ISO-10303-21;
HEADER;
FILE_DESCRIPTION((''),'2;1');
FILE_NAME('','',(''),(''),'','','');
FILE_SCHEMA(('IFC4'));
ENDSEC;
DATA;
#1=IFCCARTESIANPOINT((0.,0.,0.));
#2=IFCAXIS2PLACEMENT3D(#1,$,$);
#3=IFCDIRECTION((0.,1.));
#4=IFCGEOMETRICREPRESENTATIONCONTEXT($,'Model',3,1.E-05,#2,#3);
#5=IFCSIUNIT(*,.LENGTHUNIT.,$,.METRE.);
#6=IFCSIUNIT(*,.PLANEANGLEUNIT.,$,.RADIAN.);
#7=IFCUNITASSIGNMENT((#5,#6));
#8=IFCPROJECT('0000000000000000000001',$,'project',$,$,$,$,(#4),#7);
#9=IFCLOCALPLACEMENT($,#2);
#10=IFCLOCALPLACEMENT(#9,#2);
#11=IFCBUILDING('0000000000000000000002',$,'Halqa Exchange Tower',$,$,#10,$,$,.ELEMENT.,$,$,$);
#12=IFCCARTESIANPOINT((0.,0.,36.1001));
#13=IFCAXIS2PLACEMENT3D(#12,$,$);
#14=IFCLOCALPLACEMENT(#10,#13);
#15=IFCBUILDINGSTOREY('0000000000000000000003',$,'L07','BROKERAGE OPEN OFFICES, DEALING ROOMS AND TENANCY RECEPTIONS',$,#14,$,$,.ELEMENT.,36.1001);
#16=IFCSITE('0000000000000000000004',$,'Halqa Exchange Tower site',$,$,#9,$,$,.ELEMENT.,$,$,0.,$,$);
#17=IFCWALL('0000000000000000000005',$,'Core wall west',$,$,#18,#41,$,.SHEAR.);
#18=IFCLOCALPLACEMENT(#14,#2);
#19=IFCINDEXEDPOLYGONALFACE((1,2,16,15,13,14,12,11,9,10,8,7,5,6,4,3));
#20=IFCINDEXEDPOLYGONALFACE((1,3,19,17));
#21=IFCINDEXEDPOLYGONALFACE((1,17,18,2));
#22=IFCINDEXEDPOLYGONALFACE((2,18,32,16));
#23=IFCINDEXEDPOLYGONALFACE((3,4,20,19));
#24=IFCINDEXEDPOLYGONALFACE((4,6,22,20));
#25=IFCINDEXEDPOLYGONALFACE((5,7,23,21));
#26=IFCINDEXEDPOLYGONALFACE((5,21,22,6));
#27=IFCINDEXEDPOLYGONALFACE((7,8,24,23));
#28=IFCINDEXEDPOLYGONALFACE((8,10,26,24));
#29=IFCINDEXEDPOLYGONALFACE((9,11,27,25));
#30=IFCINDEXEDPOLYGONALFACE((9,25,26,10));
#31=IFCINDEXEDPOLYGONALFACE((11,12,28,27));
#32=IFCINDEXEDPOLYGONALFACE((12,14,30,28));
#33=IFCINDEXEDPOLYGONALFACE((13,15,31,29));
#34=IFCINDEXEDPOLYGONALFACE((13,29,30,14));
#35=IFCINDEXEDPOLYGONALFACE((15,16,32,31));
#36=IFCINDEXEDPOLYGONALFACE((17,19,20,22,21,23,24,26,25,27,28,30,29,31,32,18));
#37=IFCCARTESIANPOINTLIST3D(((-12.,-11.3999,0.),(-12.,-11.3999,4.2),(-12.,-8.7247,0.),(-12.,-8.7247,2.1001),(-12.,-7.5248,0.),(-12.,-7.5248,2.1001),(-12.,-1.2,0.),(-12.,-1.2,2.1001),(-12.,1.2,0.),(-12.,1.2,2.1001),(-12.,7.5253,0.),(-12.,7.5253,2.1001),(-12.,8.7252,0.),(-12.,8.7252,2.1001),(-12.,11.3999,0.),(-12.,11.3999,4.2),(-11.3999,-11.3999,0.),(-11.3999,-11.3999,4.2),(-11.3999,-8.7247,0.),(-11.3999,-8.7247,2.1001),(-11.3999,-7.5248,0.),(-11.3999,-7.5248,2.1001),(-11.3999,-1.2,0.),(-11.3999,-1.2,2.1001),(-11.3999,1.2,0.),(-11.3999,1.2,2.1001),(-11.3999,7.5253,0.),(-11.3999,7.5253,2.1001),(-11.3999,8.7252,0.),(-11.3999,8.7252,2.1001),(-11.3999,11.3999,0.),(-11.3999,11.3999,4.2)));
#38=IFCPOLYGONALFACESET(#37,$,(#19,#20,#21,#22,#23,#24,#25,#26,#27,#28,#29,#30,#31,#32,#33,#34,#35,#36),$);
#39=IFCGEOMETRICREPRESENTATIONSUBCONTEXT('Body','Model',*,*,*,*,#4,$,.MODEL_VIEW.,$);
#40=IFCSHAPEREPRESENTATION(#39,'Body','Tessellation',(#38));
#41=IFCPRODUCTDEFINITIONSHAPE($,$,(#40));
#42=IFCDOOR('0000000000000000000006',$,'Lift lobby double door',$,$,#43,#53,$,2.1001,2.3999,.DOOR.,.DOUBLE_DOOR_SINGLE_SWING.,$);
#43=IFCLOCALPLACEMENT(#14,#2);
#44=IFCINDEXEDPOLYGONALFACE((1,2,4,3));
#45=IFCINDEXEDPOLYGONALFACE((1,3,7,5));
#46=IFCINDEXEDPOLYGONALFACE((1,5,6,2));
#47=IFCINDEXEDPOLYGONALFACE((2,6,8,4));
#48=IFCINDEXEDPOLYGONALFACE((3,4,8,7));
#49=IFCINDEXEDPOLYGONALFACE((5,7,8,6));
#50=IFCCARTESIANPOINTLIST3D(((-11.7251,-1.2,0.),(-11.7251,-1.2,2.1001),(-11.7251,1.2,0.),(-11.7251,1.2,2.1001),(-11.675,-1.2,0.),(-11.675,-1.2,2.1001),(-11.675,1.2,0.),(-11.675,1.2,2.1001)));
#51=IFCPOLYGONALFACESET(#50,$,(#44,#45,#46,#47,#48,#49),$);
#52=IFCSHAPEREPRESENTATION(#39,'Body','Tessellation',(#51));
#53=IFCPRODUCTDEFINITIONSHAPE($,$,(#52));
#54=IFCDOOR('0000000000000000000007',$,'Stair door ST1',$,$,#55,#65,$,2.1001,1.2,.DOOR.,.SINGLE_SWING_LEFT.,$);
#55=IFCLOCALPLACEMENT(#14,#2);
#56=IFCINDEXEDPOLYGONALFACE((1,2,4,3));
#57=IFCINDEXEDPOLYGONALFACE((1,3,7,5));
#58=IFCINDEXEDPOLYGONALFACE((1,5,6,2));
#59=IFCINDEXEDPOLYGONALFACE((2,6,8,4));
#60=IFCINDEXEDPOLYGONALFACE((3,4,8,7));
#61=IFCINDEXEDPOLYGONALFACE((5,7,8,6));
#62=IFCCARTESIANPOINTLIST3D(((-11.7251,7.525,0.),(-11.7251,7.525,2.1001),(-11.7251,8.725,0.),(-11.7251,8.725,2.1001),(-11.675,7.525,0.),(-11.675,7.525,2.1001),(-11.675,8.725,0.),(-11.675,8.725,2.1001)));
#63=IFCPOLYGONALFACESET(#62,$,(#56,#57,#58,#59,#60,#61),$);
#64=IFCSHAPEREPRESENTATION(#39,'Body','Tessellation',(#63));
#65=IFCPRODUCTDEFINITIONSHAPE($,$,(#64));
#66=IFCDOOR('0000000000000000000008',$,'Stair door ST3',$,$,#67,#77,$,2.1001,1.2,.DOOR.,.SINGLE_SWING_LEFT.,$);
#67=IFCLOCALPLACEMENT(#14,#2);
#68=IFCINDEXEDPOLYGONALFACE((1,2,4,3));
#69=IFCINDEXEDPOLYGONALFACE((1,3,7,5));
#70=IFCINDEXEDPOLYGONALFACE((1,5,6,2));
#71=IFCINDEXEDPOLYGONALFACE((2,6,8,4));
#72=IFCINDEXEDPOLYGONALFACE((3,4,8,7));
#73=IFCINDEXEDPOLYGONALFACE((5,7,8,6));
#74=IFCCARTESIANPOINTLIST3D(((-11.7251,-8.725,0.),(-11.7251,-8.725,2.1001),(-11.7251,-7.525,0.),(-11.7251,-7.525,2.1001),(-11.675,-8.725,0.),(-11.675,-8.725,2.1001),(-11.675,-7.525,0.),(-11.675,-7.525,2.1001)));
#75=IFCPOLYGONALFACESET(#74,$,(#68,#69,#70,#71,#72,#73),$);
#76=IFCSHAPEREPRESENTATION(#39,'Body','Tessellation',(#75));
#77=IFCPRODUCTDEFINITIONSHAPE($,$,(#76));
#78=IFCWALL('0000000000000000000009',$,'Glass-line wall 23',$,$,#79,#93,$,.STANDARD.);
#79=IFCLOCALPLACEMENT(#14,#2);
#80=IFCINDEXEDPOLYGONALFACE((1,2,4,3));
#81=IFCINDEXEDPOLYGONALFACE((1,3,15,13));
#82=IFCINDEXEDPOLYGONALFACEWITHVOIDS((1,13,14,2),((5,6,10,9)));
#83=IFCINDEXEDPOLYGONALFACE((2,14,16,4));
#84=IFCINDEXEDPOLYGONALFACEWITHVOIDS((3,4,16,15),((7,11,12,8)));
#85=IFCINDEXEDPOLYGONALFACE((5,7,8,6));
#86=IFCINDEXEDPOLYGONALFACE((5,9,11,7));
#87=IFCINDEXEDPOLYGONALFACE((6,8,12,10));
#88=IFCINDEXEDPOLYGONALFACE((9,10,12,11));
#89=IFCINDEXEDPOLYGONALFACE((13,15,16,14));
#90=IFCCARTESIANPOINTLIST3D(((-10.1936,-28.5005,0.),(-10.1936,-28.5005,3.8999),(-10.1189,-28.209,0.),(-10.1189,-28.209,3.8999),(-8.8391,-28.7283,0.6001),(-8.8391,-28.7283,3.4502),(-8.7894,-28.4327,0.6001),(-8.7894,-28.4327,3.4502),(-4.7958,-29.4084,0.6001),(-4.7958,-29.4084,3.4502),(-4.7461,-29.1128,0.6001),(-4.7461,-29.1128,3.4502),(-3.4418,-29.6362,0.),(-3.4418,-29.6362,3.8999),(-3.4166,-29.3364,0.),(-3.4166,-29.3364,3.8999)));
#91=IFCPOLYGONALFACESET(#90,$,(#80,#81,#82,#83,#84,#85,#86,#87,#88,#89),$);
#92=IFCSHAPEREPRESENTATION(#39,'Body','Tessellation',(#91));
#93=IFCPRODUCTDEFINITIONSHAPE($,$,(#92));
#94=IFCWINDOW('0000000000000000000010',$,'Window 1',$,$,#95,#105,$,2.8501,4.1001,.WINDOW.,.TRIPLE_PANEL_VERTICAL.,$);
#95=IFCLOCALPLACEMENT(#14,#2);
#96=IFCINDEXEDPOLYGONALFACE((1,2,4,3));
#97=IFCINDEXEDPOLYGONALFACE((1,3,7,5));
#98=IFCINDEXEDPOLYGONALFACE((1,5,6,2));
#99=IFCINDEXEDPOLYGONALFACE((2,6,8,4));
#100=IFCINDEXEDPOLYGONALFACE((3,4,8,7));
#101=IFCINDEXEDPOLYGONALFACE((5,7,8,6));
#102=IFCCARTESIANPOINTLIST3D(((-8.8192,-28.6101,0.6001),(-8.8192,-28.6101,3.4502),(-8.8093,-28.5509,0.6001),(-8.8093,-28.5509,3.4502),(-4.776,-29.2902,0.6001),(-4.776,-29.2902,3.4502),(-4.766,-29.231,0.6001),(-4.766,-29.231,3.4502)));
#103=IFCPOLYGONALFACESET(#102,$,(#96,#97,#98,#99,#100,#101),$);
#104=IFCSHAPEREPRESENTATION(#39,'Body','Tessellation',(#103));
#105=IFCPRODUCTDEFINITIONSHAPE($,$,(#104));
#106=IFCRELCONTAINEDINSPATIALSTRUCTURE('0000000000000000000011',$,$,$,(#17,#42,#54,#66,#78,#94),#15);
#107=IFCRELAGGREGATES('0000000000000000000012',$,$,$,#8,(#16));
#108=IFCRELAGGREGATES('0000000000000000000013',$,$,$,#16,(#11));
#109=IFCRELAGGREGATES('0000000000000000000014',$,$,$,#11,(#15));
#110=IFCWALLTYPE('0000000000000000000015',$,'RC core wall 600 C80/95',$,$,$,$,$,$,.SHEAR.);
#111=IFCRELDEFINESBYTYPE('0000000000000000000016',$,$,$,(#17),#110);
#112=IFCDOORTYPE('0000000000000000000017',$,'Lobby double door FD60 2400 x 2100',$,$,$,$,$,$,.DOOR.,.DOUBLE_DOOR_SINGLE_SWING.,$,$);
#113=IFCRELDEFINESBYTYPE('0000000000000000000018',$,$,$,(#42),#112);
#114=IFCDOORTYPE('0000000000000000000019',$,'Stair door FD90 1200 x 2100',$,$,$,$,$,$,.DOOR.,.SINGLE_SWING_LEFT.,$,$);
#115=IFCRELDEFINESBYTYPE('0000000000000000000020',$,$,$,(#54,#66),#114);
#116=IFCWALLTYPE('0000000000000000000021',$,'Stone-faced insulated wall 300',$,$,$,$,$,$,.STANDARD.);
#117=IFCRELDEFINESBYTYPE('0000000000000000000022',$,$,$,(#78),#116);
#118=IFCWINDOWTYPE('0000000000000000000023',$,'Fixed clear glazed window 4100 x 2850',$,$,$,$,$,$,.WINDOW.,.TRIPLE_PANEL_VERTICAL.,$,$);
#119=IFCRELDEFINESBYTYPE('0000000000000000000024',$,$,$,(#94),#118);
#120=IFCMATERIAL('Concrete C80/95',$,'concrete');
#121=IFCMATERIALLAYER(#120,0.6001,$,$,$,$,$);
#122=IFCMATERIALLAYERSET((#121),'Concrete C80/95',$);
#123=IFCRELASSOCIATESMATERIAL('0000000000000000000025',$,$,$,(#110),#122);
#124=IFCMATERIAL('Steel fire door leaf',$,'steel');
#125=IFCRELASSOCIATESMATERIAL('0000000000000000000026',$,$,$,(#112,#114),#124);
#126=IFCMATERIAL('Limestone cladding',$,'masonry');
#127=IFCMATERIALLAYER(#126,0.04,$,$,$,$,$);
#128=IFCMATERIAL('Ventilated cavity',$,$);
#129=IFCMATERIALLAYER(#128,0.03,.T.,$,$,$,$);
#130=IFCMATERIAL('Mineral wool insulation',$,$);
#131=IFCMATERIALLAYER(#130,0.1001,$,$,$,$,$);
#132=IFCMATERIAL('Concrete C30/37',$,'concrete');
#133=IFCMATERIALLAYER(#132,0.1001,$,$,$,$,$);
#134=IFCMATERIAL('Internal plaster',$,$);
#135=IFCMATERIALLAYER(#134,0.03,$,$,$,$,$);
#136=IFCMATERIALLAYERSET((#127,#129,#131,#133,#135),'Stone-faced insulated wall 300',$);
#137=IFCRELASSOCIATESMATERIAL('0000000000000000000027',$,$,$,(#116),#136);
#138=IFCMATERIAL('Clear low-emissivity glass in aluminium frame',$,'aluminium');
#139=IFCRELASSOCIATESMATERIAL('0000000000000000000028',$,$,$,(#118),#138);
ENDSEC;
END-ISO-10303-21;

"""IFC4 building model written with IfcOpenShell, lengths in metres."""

from ifc_helpers import new_model, si_unit, direction, frame, frame_2d, origin, place, context, subcontext, project, spatial, polyline, rectangle, outline, extrude, material, layer, layer_set, type_object, element, fill, save


model = new_model("IFC4")

# Units and contexts
model_context = context("Model", 3, precision=1e-05, world=origin(), true_north=direction((0.0, 1.0)))
body_context = subcontext(model_context, "Body", "Model", "MODEL_VIEW")
ifc_project = project(units=[si_unit("LENGTHUNIT", "METRE"), si_unit("PLANEANGLEUNIT", "RADIAN")], contexts=[model_context])

# Site, building, storey
site_placement = place(None, origin())
site = spatial("IfcSite", under=ifc_project, at=site_placement, Name="Halqa Exchange Tower site", CompositionType="ELEMENT", RefElevation=0.0)
building_placement = place(site_placement, origin())
building = spatial("IfcBuilding", under=site, at=building_placement, Name="Halqa Exchange Tower", CompositionType="ELEMENT")
storey_placement = place(building_placement, frame((0.0, 0.0, 36.1001)))
storey = spatial("IfcBuildingStorey", under=building, at=storey_placement, Name="L07", Description="BROKERAGE OPEN OFFICES, DEALING ROOMS AND TENANCY RECEPTIONS", CompositionType="ELEMENT", Elevation=36.1001)

# Shared definitions
ifc_material_1 = material(Name="Concrete C80/95", Category="concrete")

# Wall, openings, doors
ifc_layer_1 = layer(ifc_material_1, 0.6001)
ifc_layer_set_1 = layer_set([ifc_layer_1], Name="Concrete C80/95")
wall_type_1 = type_object("IfcWallType", Name="RC core wall 600 C80/95", PredefinedType="SHEAR", material=ifc_layer_set_1)
wall_1_placement = place(storey_placement, frame((-11.7, -11.3999, 0.0), z_axis=(0.0, 0.0, 1.0), x_axis=(0.0, 1.0, 0.0)))
wall_1 = element("IfcWall", 1, at=wall_1_placement, inside=storey, type_object=wall_type_1, Name="Core wall west", PredefinedType="SHEAR", context=body_context, shape_type="SweptSolid", body=[
    extrude(rectangle(XDim=22.7998, YDim=0.6001, at=frame_2d((11.3999, 0.0))), origin(), (0.0, 0.0, 1.0), 4.2),
])
opening_1_placement = place(wall_1_placement, frame((10.2, 0.0, 0.0)))
opening_1 = element("IfcOpeningElement", 2, at=opening_1_placement, cuts=wall_1, PredefinedType="OPENING", context=body_context, shape_type="SweptSolid", body=[
    extrude(rectangle(XDim=2.3999, YDim=2.1001, at=frame_2d((1.2, 1.05))), frame((0.0, 0.312, 0.0), z_axis=(0.0, -1.0, 0.0), x_axis=(1.0, 0.0, 0.0)), (0.0, 0.0, 1.0), 0.624),
])
opening_2_placement = place(wall_1_placement, frame((18.925, 0.0, 0.0)))
opening_2 = element("IfcOpeningElement", 3, at=opening_2_placement, cuts=wall_1, PredefinedType="OPENING", context=body_context, shape_type="SweptSolid", body=[
    extrude(rectangle(XDim=1.2, YDim=2.1001, at=frame_2d((0.6001, 1.05))), frame((0.0, 0.312, 0.0), z_axis=(0.0, -1.0, 0.0), x_axis=(1.0, 0.0, 0.0)), (0.0, 0.0, 1.0), 0.624),
])
opening_3_placement = place(wall_1_placement, frame((2.675, 0.0, 0.0)))
opening_3 = element("IfcOpeningElement", 4, at=opening_3_placement, cuts=wall_1, PredefinedType="OPENING", context=body_context, shape_type="SweptSolid", body=[
    extrude(rectangle(XDim=1.2, YDim=2.1001, at=frame_2d((0.6001, 1.05))), frame((0.0, 0.312, 0.0), z_axis=(0.0, -1.0, 0.0), x_axis=(1.0, 0.0, 0.0)), (0.0, 0.0, 1.0), 0.624),
])
ifc_material_2 = material(Name="Steel fire door leaf", Category="steel")
door_type_1 = type_object("IfcDoorType", Name="Lobby double door FD60 2400 x 2100", OperationType="DOUBLE_DOOR_SINGLE_SWING", PredefinedType="DOOR", material=ifc_material_2)
door_1_placement = place(opening_1_placement, frame((2.3999, 0.0, 0.0), z_axis=(0.0, 0.0, 1.0), x_axis=(-1.0, 0.0, 0.0)))
door_1 = element("IfcDoor", 5, at=door_1_placement, inside=storey, type_object=door_type_1, Name="Lift lobby double door", OperationType="DOUBLE_DOOR_SINGLE_SWING", OverallHeight=2.1001, OverallWidth=2.3999, PredefinedType="DOOR", context=body_context, shape_type="SweptSolid", body=[
    extrude(rectangle(XDim=2.3999, YDim=2.1001, at=frame_2d((1.2, 1.05))), frame((0.0, 0.0249, 0.0), z_axis=(0.0, -1.0, 0.0), x_axis=(1.0, 0.0, 0.0)), (0.0, 0.0, 1.0), 0.05),
])
fill(opening_1, door_1)
door_type_2 = type_object("IfcDoorType", Name="Stair door FD90 1200 x 2100", OperationType="SINGLE_SWING_LEFT", PredefinedType="DOOR", material=ifc_material_2)
door_2_placement = place(opening_2_placement, frame((1.2, 0.0, 0.0), z_axis=(0.0, 0.0, 1.0), x_axis=(-1.0, 0.0, 0.0)))
door_2 = element("IfcDoor", 6, at=door_2_placement, inside=storey, type_object=door_type_2, Name="Stair door ST1", OperationType="SINGLE_SWING_LEFT", OverallHeight=2.1001, OverallWidth=1.2, PredefinedType="DOOR", context=body_context, shape_type="SweptSolid", body=[
    extrude(rectangle(XDim=1.2, YDim=2.1001, at=frame_2d((0.6001, 1.05))), frame((0.0, 0.0249, 0.0), z_axis=(0.0, -1.0, 0.0), x_axis=(1.0, 0.0, 0.0)), (0.0, 0.0, 1.0), 0.05),
])
fill(opening_2, door_2)
door_3_placement = place(opening_3_placement, frame((1.2, 0.0, 0.0), z_axis=(0.0, 0.0, 1.0), x_axis=(-1.0, 0.0, 0.0)))
door_3 = element("IfcDoor", 7, at=door_3_placement, inside=storey, type_object=door_type_2, Name="Stair door ST3", OperationType="SINGLE_SWING_LEFT", OverallHeight=2.1001, OverallWidth=1.2, PredefinedType="DOOR", context=body_context, shape_type="SweptSolid", body=[
    extrude(rectangle(XDim=1.2, YDim=2.1001, at=frame_2d((0.6001, 1.05))), frame((0.0, 0.0249, 0.0), z_axis=(0.0, -1.0, 0.0), x_axis=(1.0, 0.0, 0.0)), (0.0, 0.0, 1.0), 0.05),
])
fill(opening_3, door_3)

# Wall, opening, window
ifc_material_3 = material(Name="Limestone cladding", Category="masonry")
ifc_layer_2 = layer(ifc_material_3, 0.04)
ifc_material_4 = material(Name="Ventilated cavity")
ifc_layer_3 = layer(ifc_material_4, 0.03, ventilated=True)
ifc_material_5 = material(Name="Mineral wool insulation")
ifc_layer_4 = layer(ifc_material_5, 0.1001)
ifc_material_6 = material(Name="Concrete C30/37", Category="concrete")
ifc_layer_5 = layer(ifc_material_6, 0.1001)
ifc_material_7 = material(Name="Internal plaster")
ifc_layer_6 = layer(ifc_material_7, 0.03)
ifc_layer_set_2 = layer_set([ifc_layer_2, ifc_layer_3, ifc_layer_4, ifc_layer_5, ifc_layer_6], Name="Stone-faced insulated wall 300")
wall_type_2 = type_object("IfcWallType", Name="Stone-faced insulated wall 300", PredefinedType="STANDARD", material=ifc_layer_set_2)
wall_2_placement = place(storey_placement, frame((-10.1562, -28.3547, 0.0), z_axis=(0.0, 0.0, 1.0), x_axis=(0.986145, -0.165885, 0.0)))
wall_2 = element("IfcWall", 8, at=wall_2_placement, inside=storey, type_object=wall_type_2, Name="Glass-line wall 23", PredefinedType="STANDARD", context=body_context, shape_type="SweptSolid", body=[
    extrude(outline(polyline([(-0.0127, -0.1499), (6.834, -0.1499), (6.8091, 0.1499), (0.0127, 0.1499), (-0.0127, -0.1499)])), origin(), (0.0, 0.0, 1.0), 3.8999),
])
opening_4_placement = place(wall_2_placement, frame((1.3608, 0.0, 0.6001)))
opening_4 = element("IfcOpeningElement", 9, at=opening_4_placement, cuts=wall_2, PredefinedType="OPENING", context=body_context, shape_type="SweptSolid", body=[
    extrude(rectangle(XDim=4.1001, YDim=2.8501, at=frame_2d((2.05, 1.425))), frame((0.0, 0.1621, 0.0), z_axis=(0.0, -1.0, 0.0), x_axis=(1.0, 0.0, 0.0)), (0.0, 0.0, 1.0), 0.324),
])
ifc_material_8 = material(Name="Clear low-emissivity glass in aluminium frame", Category="aluminium")
window_type = type_object("IfcWindowType", Name="Fixed clear glazed window 4100 x 2850", PartitioningType="TRIPLE_PANEL_VERTICAL", PredefinedType="WINDOW", material=ifc_material_8)
window_placement = place(opening_4_placement, origin())
window = element("IfcWindow", 10, at=window_placement, inside=storey, type_object=window_type, Name="Window 1", OverallHeight=2.8501, OverallWidth=4.1001, PartitioningType="TRIPLE_PANEL_VERTICAL", PredefinedType="WINDOW", context=body_context, shape_type="SweptSolid", body=[
    extrude(rectangle(XDim=4.1001, YDim=2.8501, at=frame_2d((2.05, 1.425))), frame((0.0, 0.03, 0.0), z_axis=(0.0, -1.0, 0.0), x_axis=(1.0, 0.0, 0.0)), (0.0, 0.0, 1.0), 0.0601),
])
fill(opening_4, window)

save(model, "model.ifc")
